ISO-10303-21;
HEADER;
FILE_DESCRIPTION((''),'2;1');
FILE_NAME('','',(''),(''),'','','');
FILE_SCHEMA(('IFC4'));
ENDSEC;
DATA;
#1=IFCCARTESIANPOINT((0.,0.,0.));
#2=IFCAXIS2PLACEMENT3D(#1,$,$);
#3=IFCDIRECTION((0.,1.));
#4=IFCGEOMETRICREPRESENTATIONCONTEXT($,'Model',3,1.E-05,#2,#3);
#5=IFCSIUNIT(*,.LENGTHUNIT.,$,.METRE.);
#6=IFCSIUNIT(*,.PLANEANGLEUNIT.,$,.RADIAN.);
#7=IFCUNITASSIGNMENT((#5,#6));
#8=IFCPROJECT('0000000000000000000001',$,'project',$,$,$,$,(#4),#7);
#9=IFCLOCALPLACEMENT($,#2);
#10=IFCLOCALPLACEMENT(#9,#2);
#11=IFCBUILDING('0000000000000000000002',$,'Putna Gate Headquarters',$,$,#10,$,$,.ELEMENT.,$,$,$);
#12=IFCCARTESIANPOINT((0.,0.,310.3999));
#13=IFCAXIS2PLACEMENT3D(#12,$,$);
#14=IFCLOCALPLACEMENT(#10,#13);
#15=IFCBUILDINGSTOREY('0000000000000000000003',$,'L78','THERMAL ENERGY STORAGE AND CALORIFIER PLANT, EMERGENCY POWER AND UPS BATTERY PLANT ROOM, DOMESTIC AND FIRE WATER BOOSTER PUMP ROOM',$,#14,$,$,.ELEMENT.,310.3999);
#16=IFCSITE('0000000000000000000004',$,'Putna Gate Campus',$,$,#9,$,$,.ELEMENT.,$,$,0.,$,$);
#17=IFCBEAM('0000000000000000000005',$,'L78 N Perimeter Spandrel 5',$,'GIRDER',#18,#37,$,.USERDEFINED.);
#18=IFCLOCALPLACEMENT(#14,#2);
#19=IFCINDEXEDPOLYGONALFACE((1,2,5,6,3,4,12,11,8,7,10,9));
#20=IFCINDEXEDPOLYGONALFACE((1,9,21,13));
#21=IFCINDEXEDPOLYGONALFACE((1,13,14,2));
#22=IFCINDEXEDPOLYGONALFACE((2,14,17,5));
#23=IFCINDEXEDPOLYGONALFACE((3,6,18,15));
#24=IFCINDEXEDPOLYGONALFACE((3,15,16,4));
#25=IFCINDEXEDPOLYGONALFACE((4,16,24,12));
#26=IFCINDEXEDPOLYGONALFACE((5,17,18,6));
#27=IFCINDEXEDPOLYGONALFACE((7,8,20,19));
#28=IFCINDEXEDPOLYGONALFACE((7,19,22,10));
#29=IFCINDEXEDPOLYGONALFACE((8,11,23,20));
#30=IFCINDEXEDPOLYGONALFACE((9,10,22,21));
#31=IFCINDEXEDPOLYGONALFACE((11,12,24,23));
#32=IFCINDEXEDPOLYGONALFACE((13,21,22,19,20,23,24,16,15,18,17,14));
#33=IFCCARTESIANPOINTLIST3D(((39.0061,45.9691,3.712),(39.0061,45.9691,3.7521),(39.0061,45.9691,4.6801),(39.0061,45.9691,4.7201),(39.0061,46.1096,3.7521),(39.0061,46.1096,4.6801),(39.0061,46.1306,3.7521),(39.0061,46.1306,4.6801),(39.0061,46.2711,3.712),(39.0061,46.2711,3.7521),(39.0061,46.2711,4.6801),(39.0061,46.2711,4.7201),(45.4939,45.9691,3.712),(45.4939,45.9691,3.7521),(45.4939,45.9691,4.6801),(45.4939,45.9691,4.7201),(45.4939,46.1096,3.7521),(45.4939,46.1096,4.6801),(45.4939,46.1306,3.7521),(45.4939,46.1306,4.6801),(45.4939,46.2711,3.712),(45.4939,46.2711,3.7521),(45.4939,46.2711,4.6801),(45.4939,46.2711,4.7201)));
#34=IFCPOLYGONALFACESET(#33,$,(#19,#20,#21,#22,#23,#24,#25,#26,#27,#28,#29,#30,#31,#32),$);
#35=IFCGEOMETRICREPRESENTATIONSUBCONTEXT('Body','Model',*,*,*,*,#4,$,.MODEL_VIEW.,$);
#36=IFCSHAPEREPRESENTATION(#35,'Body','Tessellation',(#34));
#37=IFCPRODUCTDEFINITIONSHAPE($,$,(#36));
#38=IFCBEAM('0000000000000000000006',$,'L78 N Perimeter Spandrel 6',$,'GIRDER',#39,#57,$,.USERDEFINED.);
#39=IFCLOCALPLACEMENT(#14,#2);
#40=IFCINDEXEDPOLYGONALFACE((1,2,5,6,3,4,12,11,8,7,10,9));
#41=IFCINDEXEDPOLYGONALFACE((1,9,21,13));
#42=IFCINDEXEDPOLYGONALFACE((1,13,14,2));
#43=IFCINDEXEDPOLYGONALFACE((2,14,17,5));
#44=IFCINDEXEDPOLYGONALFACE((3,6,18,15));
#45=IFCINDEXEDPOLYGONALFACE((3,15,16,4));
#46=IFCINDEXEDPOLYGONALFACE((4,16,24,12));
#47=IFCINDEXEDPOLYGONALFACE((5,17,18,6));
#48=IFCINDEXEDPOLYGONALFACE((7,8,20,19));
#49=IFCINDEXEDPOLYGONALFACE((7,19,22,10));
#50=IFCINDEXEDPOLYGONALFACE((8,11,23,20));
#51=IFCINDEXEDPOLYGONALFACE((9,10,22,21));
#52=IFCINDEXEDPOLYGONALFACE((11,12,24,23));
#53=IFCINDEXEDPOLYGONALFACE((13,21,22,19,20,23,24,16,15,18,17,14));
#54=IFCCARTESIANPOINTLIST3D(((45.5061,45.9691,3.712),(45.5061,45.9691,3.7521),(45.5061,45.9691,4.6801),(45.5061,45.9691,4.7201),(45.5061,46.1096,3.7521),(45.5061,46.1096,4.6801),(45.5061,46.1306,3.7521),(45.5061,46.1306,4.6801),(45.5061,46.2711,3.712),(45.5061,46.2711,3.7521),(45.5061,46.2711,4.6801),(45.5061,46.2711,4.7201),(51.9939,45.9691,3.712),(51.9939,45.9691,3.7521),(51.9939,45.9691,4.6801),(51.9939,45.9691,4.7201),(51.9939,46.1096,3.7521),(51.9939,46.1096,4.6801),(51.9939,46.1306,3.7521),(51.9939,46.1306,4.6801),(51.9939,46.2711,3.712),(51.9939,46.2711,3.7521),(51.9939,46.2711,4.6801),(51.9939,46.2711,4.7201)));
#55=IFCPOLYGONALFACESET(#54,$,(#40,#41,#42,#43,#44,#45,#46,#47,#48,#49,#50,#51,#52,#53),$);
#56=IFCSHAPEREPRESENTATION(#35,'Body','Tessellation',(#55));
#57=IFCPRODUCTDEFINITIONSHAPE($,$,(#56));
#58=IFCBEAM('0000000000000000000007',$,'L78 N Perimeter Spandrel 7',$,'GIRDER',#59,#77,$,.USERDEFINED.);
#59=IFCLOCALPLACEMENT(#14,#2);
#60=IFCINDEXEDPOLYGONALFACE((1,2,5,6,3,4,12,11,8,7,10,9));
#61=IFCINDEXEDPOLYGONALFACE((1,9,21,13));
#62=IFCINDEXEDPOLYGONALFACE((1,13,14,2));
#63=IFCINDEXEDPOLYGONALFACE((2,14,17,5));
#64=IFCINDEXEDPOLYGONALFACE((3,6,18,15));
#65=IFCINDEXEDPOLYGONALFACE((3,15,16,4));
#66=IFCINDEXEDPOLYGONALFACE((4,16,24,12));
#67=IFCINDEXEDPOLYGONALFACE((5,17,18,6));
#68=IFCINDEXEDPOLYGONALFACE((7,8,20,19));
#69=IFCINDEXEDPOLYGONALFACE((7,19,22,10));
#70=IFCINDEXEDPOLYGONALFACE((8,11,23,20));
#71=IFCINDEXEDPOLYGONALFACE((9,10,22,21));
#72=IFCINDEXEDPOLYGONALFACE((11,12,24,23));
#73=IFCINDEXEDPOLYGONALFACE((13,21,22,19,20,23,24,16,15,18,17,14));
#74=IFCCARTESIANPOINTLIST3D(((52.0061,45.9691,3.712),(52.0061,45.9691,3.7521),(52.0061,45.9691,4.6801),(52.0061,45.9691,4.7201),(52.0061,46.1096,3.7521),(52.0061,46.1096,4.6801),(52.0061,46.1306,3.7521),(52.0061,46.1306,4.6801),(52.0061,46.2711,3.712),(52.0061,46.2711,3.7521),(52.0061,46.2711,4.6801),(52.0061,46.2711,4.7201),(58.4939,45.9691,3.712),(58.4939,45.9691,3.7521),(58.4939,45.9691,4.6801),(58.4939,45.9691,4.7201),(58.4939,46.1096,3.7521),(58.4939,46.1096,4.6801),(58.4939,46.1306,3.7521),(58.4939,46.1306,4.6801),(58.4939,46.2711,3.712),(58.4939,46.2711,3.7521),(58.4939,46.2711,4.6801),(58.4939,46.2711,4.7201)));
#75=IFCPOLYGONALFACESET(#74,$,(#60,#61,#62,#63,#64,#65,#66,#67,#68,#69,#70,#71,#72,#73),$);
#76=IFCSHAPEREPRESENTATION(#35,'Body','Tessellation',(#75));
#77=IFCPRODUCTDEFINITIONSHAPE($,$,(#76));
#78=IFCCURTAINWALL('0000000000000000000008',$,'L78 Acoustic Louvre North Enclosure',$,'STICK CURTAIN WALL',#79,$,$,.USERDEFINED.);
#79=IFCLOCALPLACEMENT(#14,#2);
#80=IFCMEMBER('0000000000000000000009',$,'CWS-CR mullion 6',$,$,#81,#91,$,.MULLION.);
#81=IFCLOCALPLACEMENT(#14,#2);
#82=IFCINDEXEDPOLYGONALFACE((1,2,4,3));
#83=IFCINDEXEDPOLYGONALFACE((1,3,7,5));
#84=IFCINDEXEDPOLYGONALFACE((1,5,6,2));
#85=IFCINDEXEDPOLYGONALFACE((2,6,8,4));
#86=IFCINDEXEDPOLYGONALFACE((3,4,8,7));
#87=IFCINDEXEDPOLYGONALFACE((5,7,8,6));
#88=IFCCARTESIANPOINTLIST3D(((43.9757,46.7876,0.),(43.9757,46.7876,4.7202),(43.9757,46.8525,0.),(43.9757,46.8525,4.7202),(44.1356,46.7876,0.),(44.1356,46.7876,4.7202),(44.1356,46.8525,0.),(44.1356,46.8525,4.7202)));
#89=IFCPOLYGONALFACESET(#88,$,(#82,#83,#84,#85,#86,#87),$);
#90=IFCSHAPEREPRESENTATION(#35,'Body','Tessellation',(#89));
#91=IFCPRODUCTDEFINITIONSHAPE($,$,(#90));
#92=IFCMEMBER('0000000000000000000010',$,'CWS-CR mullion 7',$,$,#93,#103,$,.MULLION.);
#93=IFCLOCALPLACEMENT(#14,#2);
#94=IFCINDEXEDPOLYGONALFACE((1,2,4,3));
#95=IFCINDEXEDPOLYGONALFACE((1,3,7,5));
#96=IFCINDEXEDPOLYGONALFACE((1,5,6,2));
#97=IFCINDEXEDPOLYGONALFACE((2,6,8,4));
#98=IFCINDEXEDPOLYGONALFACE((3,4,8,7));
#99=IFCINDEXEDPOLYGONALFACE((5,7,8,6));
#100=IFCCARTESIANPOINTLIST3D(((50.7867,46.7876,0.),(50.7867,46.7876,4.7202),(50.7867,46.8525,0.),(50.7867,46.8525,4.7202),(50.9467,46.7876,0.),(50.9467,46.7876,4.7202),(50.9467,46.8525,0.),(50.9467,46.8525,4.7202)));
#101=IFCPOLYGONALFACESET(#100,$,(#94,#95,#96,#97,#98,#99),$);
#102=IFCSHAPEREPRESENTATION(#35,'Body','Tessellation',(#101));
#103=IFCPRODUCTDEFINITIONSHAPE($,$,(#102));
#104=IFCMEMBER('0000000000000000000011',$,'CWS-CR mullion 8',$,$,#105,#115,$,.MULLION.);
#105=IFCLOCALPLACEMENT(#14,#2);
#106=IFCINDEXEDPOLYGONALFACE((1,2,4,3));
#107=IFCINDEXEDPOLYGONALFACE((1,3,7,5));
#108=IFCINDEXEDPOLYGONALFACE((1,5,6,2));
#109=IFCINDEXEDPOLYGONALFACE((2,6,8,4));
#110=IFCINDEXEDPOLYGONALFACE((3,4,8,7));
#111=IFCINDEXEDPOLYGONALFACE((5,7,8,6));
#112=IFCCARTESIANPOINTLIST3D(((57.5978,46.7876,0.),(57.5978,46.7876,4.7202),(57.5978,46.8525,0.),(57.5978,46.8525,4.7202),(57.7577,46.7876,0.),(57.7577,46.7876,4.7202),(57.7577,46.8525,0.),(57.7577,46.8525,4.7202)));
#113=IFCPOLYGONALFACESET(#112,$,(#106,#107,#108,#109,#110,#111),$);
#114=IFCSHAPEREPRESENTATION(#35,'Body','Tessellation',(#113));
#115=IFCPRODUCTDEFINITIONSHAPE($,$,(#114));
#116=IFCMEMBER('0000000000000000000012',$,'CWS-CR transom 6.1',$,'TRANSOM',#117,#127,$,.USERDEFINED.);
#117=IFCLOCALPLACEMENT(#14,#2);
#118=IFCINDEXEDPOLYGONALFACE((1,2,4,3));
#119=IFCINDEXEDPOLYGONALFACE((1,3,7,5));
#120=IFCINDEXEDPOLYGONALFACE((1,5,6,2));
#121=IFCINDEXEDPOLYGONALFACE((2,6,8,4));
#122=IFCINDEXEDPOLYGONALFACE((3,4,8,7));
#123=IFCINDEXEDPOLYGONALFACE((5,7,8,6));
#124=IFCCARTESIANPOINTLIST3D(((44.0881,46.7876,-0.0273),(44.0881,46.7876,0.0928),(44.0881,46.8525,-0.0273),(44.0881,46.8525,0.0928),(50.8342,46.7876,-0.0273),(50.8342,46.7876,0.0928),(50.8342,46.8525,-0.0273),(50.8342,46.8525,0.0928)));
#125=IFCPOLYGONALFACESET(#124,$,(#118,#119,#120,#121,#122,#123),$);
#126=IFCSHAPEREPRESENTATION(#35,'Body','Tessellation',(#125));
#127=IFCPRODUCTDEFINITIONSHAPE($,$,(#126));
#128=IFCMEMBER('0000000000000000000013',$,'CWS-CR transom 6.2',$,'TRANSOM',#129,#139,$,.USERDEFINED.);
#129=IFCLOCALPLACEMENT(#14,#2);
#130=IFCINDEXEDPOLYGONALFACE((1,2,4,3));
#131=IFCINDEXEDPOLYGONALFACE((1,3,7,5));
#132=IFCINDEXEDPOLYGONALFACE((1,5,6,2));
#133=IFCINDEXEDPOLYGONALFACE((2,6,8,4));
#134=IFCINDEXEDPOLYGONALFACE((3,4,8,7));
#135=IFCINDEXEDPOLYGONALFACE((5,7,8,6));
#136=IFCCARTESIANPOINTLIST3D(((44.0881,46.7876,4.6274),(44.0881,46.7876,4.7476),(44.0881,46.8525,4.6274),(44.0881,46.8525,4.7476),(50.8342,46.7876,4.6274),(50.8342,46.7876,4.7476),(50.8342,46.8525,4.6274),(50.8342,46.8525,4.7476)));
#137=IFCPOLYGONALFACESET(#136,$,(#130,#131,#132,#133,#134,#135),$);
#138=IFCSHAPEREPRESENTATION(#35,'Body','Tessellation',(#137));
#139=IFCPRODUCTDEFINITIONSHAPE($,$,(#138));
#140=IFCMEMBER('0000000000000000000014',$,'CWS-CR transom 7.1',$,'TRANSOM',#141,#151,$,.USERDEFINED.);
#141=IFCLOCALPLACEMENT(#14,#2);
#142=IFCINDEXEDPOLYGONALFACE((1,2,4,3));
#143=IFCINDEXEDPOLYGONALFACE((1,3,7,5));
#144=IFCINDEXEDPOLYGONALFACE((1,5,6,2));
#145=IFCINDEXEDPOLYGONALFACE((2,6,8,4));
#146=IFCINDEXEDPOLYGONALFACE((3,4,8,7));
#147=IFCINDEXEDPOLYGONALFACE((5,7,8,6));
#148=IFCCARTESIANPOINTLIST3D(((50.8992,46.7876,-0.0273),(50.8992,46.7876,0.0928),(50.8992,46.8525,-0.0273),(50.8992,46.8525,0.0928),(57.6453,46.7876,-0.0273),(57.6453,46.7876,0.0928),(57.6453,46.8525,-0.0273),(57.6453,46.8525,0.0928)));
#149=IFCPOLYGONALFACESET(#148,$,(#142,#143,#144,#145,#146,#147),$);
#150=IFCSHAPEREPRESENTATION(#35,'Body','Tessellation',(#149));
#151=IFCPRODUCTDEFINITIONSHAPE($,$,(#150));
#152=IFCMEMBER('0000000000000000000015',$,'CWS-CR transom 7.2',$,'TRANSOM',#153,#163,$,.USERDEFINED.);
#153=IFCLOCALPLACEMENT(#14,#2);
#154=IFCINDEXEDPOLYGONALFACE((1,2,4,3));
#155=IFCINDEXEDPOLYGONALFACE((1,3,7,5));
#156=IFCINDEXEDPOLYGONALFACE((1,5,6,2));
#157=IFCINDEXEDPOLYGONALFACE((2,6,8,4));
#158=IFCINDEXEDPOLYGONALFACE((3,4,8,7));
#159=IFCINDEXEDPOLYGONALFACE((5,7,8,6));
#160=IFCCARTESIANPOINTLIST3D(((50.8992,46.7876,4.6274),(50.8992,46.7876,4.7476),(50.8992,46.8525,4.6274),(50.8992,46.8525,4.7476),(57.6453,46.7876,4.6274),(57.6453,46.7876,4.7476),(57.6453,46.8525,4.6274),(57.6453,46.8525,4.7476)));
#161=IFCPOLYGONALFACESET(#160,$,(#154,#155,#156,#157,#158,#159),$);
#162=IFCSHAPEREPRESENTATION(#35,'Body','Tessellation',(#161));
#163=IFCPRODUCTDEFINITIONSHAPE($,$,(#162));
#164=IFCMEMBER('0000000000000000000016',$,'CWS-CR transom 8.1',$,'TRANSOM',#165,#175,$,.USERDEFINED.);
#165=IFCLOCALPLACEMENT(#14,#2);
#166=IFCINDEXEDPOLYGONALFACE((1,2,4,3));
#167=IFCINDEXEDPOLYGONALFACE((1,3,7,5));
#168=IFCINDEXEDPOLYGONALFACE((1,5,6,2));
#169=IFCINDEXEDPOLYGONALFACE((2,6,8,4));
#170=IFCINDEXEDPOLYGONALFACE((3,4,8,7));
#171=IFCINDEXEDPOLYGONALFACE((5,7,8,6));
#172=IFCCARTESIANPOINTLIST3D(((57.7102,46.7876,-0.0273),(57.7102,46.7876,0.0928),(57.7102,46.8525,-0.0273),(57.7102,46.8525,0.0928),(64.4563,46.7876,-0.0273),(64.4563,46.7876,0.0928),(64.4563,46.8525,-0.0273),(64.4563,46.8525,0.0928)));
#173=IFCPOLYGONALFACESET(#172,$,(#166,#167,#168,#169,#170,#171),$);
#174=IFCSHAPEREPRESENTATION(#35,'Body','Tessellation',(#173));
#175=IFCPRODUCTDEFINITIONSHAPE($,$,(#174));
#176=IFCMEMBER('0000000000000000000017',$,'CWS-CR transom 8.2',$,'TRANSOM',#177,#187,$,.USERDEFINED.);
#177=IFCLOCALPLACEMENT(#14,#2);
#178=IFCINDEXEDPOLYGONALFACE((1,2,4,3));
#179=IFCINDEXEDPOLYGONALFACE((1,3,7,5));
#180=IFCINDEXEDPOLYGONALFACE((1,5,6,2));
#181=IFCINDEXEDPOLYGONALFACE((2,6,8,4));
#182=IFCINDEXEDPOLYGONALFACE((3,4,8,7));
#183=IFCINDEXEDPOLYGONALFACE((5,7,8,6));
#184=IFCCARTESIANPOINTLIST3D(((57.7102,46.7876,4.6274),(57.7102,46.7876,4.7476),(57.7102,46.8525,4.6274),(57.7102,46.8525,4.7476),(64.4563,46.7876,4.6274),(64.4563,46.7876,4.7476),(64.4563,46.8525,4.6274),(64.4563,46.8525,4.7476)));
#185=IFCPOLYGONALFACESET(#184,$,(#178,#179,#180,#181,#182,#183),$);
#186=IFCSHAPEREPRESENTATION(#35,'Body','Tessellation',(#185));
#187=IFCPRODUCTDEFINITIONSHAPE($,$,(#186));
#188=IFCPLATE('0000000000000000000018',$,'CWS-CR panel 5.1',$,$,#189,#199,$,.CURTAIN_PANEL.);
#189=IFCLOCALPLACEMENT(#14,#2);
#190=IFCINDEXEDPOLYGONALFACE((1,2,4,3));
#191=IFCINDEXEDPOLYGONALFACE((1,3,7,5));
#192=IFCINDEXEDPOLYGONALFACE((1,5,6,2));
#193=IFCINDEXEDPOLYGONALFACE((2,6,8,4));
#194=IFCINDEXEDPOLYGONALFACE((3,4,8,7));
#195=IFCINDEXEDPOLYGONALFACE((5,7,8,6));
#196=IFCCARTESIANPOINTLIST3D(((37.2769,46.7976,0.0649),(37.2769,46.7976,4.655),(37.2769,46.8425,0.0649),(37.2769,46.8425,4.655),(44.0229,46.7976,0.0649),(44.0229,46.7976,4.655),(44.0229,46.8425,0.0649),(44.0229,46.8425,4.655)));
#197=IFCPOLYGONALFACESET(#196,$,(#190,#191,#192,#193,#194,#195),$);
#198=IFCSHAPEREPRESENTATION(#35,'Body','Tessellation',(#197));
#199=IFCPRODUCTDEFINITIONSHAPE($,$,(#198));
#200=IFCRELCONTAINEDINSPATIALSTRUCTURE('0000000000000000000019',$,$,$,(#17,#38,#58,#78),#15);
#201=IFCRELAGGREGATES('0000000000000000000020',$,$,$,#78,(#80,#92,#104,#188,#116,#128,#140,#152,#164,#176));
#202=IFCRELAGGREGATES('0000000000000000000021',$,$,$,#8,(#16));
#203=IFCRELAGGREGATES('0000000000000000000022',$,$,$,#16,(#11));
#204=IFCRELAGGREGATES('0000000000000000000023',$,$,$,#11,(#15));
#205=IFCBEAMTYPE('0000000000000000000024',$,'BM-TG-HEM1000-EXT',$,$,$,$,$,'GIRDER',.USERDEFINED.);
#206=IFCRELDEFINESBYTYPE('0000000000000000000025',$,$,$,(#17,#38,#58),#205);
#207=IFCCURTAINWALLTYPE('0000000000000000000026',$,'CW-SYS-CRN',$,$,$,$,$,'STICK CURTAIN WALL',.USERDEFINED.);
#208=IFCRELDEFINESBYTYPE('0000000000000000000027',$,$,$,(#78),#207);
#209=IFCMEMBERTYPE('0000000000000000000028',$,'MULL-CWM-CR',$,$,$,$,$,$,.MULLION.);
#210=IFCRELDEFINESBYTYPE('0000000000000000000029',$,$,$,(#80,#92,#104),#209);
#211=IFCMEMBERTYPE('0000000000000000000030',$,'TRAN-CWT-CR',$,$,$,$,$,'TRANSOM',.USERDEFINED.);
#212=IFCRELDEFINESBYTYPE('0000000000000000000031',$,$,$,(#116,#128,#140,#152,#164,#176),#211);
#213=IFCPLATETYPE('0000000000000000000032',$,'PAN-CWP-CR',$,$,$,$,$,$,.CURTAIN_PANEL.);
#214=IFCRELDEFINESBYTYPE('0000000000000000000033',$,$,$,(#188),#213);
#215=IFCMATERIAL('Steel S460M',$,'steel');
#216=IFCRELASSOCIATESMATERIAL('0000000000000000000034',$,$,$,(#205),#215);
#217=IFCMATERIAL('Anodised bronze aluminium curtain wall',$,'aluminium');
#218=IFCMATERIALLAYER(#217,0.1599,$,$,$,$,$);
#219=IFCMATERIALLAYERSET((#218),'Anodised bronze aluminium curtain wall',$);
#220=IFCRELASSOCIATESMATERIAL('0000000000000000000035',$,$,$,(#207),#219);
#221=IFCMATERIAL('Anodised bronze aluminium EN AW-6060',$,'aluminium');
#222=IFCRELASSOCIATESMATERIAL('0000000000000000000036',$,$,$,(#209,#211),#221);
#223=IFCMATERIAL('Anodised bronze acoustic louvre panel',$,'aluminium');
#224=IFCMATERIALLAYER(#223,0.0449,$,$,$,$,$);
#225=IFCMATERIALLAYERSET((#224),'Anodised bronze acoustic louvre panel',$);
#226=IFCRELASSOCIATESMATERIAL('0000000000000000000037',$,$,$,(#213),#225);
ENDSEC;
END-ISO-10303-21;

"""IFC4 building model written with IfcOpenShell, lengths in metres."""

from ifc_helpers import new_model, si_unit, direction, frame, origin, origin_2d, place, context, subcontext, project, spatial, rectangle, i_section, extrude, material, layer, layer_set, material_profile, profile_set, type_object, element, aggregate, save


model = new_model("IFC4")

# Units and contexts
model_context = context("Model", 3, precision=1e-05, world=origin(), true_north=direction((0.0, 1.0)))
body_context = subcontext(model_context, "Body", "Model", "MODEL_VIEW")
ifc_project = project(units=[si_unit("LENGTHUNIT", "METRE"), si_unit("PLANEANGLEUNIT", "RADIAN")], contexts=[model_context])

# Site, building, storey
site_placement = place(None, origin())
site = spatial("IfcSite", under=ifc_project, at=site_placement, Name="Putna Gate Campus", CompositionType="ELEMENT", RefElevation=0.0)
building_placement = place(site_placement, origin())
building = spatial("IfcBuilding", under=site, at=building_placement, Name="Putna Gate Headquarters", CompositionType="ELEMENT")
storey_placement = place(building_placement, frame((0.0, 0.0, 310.3999)))
storey = spatial("IfcBuildingStorey", under=building, at=storey_placement, Name="L78", Description="THERMAL ENERGY STORAGE AND CALORIFIER PLANT, EMERGENCY POWER AND UPS BATTERY PLANT ROOM, DOMESTIC AND FIRE WATER BOOSTER PUMP ROOM", CompositionType="ELEMENT", Elevation=310.3999)

# Shared definitions
ifc_material_1 = material(Name="Steel S460M", Category="steel")

# Beams
ifc_material_profile_1 = material_profile(ifc_material_1, i_section(OverallWidth=0.302, OverallDepth=1.0081, WebThickness=0.021, FlangeThickness=0.04, at=origin_2d()), Name="Steel S460M")
ifc_profile_set_1 = profile_set([ifc_material_profile_1], Name="Steel S460M")
beam_type_1 = type_object("IfcBeamType", Name="BM-TG-HEM1000-EXT", ElementType="GIRDER", PredefinedType="USERDEFINED", material=ifc_profile_set_1)
for number, where, z_axis, x_axis, name in (
    (1, (39.0061, 46.1201, 4.2161), (1.0, 0.0, 0.0), (0.0, 1.0, 0.0), "L78 N Perimeter Spandrel 5"),
    (2, (45.5061, 46.1201, 4.2161), (1.0, 0.0, 0.0), (0.0, 1.0, 0.0), "L78 N Perimeter Spandrel 6"),
    (3, (52.0061, 46.1201, 4.2161), (1.0, 0.0, 0.0), (0.0, 1.0, 0.0), "L78 N Perimeter Spandrel 7"),
):
    element("IfcBeam", number, at=place(storey_placement, frame(where, z_axis=z_axis, x_axis=x_axis)), inside=storey, type_object=beam_type_1, Name=name, ObjectType="GIRDER", PredefinedType="USERDEFINED", context=body_context, shape_type="SweptSolid", body=[
        extrude(i_section(OverallWidth=0.302, OverallDepth=1.0081, WebThickness=0.021, FlangeThickness=0.04, at=origin_2d()), origin(), (0.0, 0.0, 1.0), 6.4878),
    ])

# Curtain wall, members, plate
ifc_material_2 = material(Name="Anodised bronze aluminium curtain wall", Category="aluminium")
ifc_layer_1 = layer(ifc_material_2, 0.1599)
ifc_layer_set_1 = layer_set([ifc_layer_1], Name="Anodised bronze aluminium curtain wall")
curtain_wall_type = type_object("IfcCurtainWallType", Name="CW-SYS-CRN", ElementType="STICK CURTAIN WALL", PredefinedType="USERDEFINED", material=ifc_layer_set_1)
curtain_wall_placement = place(storey_placement, origin())
curtain_wall = element("IfcCurtainWall", 4, at=curtain_wall_placement, inside=storey, type_object=curtain_wall_type, Name="L78 Acoustic Louvre North Enclosure", ObjectType="STICK CURTAIN WALL", PredefinedType="USERDEFINED")
ifc_material_3 = material(Name="Anodised bronze aluminium EN AW-6060", Category="aluminium")
ifc_material_profile_2 = material_profile(ifc_material_3, rectangle(XDim=0.0649, YDim=0.1599, at=origin_2d()), Name="Anodised bronze aluminium EN AW-6060")
ifc_profile_set_2 = profile_set([ifc_material_profile_2], Name="Anodised bronze aluminium EN AW-6060")
member_type_1 = type_object("IfcMemberType", Name="MULL-CWM-CR", PredefinedType="MULLION", material=ifc_profile_set_2)
member_1_placement = place(storey_placement, frame((44.0557, 46.8201, 0.0), z_axis=(0.0, 0.0, 1.0), x_axis=(0.0, 1.0, 0.0)))
member_1 = element("IfcMember", 5, at=member_1_placement, type_object=member_type_1, Name="CWS-CR mullion 6", PredefinedType="MULLION", context=body_context, shape_type="SweptSolid", body=[
    extrude(rectangle(XDim=0.0649, YDim=0.1599, at=origin_2d()), origin(), (0.0, 0.0, 1.0), 4.7202),
])
member_2_placement = place(storey_placement, frame((50.8667, 46.8201, 0.0), z_axis=(0.0, 0.0, 1.0), x_axis=(0.0, 1.0, 0.0)))
member_2 = element("IfcMember", 6, at=member_2_placement, type_object=member_type_1, Name="CWS-CR mullion 7", PredefinedType="MULLION", context=body_context, shape_type="SweptSolid", body=[
    extrude(rectangle(XDim=0.0649, YDim=0.1599, at=origin_2d()), origin(), (0.0, 0.0, 1.0), 4.7202),
])
member_3_placement = place(storey_placement, frame((57.6777, 46.8201, 0.0), z_axis=(0.0, 0.0, 1.0), x_axis=(0.0, 1.0, 0.0)))
member_3 = element("IfcMember", 7, at=member_3_placement, type_object=member_type_1, Name="CWS-CR mullion 8", PredefinedType="MULLION", context=body_context, shape_type="SweptSolid", body=[
    extrude(rectangle(XDim=0.0649, YDim=0.1599, at=origin_2d()), origin(), (0.0, 0.0, 1.0), 4.7202),
])
ifc_material_profile_3 = material_profile(ifc_material_3, rectangle(XDim=0.0649, YDim=0.1201, at=origin_2d()), Name="Anodised bronze aluminium EN AW-6060")
ifc_profile_set_3 = profile_set([ifc_material_profile_3], Name="Anodised bronze aluminium EN AW-6060")
member_type_2 = type_object("IfcMemberType", Name="TRAN-CWT-CR", ElementType="TRANSOM", PredefinedType="USERDEFINED", material=ifc_profile_set_3)
member_4_placement = place(storey_placement, frame((44.0881, 46.8201, 0.0327), z_axis=(1.0, 0.0, 0.0), x_axis=(0.0, 1.0, 0.0)))
member_4 = element("IfcMember", 8, at=member_4_placement, type_object=member_type_2, Name="CWS-CR transom 6.1", ObjectType="TRANSOM", PredefinedType="USERDEFINED", context=body_context, shape_type="SweptSolid", body=[
    extrude(rectangle(XDim=0.0649, YDim=0.1201, at=origin_2d()), origin(), (0.0, 0.0, 1.0), 6.7461),
])
member_5_placement = place(storey_placement, frame((44.0881, 46.8201, 4.6875), z_axis=(1.0, 0.0, 0.0), x_axis=(0.0, 1.0, 0.0)))
member_5 = element("IfcMember", 9, at=member_5_placement, type_object=member_type_2, Name="CWS-CR transom 6.2", ObjectType="TRANSOM", PredefinedType="USERDEFINED", context=body_context, shape_type="SweptSolid", body=[
    extrude(rectangle(XDim=0.0649, YDim=0.1201, at=origin_2d()), origin(), (0.0, 0.0, 1.0), 6.7461),
])
member_6_placement = place(storey_placement, frame((50.8992, 46.8201, 0.0327), z_axis=(1.0, 0.0, 0.0), x_axis=(0.0, 1.0, 0.0)))
member_6 = element("IfcMember", 10, at=member_6_placement, type_object=member_type_2, Name="CWS-CR transom 7.1", ObjectType="TRANSOM", PredefinedType="USERDEFINED", context=body_context, shape_type="SweptSolid", body=[
    extrude(rectangle(XDim=0.0649, YDim=0.1201, at=origin_2d()), origin(), (0.0, 0.0, 1.0), 6.7461),
])
member_7_placement = place(storey_placement, frame((50.8992, 46.8201, 4.6875), z_axis=(1.0, 0.0, 0.0), x_axis=(0.0, 1.0, 0.0)))
member_7 = element("IfcMember", 11, at=member_7_placement, type_object=member_type_2, Name="CWS-CR transom 7.2", ObjectType="TRANSOM", PredefinedType="USERDEFINED", context=body_context, shape_type="SweptSolid", body=[
    extrude(rectangle(XDim=0.0649, YDim=0.1201, at=origin_2d()), origin(), (0.0, 0.0, 1.0), 6.7461),
])
member_8_placement = place(storey_placement, frame((57.7102, 46.8201, 0.0327), z_axis=(1.0, 0.0, 0.0), x_axis=(0.0, 1.0, 0.0)))
member_8 = element("IfcMember", 12, at=member_8_placement, type_object=member_type_2, Name="CWS-CR transom 8.1", ObjectType="TRANSOM", PredefinedType="USERDEFINED", context=body_context, shape_type="SweptSolid", body=[
    extrude(rectangle(XDim=0.0649, YDim=0.1201, at=origin_2d()), origin(), (0.0, 0.0, 1.0), 6.7461),
])
member_9_placement = place(storey_placement, frame((57.7102, 46.8201, 4.6875), z_axis=(1.0, 0.0, 0.0), x_axis=(0.0, 1.0, 0.0)))
member_9 = element("IfcMember", 13, at=member_9_placement, type_object=member_type_2, Name="CWS-CR transom 8.2", ObjectType="TRANSOM", PredefinedType="USERDEFINED", context=body_context, shape_type="SweptSolid", body=[
    extrude(rectangle(XDim=0.0649, YDim=0.1201, at=origin_2d()), origin(), (0.0, 0.0, 1.0), 6.7461),
])
ifc_material_4 = material(Name="Anodised bronze acoustic louvre panel", Category="aluminium")
ifc_layer_2 = layer(ifc_material_4, 0.0449)
ifc_layer_set_2 = layer_set([ifc_layer_2], Name="Anodised bronze acoustic louvre panel")
plate_type = type_object("IfcPlateType", Name="PAN-CWP-CR", PredefinedType="CURTAIN_PANEL", material=ifc_layer_set_2)
plate_1_placement = place(storey_placement, frame((40.6499, 46.8201, 0.0649), z_axis=(0.0, 0.0, 1.0), x_axis=(1.0, 0.0, 0.0)))
plate_1 = element("IfcPlate", 14, at=plate_1_placement, type_object=plate_type, Name="CWS-CR panel 5.1", PredefinedType="CURTAIN_PANEL", context=body_context, shape_type="SweptSolid", body=[
    extrude(rectangle(XDim=6.7461, YDim=0.0449, at=origin_2d()), origin(), (0.0, 0.0, 1.0), 4.5901),
])
aggregate(curtain_wall, [member_1, member_2, member_3, plate_1, member_4, member_5, member_6, member_7, member_8, member_9])

save(model, "model.ifc")
